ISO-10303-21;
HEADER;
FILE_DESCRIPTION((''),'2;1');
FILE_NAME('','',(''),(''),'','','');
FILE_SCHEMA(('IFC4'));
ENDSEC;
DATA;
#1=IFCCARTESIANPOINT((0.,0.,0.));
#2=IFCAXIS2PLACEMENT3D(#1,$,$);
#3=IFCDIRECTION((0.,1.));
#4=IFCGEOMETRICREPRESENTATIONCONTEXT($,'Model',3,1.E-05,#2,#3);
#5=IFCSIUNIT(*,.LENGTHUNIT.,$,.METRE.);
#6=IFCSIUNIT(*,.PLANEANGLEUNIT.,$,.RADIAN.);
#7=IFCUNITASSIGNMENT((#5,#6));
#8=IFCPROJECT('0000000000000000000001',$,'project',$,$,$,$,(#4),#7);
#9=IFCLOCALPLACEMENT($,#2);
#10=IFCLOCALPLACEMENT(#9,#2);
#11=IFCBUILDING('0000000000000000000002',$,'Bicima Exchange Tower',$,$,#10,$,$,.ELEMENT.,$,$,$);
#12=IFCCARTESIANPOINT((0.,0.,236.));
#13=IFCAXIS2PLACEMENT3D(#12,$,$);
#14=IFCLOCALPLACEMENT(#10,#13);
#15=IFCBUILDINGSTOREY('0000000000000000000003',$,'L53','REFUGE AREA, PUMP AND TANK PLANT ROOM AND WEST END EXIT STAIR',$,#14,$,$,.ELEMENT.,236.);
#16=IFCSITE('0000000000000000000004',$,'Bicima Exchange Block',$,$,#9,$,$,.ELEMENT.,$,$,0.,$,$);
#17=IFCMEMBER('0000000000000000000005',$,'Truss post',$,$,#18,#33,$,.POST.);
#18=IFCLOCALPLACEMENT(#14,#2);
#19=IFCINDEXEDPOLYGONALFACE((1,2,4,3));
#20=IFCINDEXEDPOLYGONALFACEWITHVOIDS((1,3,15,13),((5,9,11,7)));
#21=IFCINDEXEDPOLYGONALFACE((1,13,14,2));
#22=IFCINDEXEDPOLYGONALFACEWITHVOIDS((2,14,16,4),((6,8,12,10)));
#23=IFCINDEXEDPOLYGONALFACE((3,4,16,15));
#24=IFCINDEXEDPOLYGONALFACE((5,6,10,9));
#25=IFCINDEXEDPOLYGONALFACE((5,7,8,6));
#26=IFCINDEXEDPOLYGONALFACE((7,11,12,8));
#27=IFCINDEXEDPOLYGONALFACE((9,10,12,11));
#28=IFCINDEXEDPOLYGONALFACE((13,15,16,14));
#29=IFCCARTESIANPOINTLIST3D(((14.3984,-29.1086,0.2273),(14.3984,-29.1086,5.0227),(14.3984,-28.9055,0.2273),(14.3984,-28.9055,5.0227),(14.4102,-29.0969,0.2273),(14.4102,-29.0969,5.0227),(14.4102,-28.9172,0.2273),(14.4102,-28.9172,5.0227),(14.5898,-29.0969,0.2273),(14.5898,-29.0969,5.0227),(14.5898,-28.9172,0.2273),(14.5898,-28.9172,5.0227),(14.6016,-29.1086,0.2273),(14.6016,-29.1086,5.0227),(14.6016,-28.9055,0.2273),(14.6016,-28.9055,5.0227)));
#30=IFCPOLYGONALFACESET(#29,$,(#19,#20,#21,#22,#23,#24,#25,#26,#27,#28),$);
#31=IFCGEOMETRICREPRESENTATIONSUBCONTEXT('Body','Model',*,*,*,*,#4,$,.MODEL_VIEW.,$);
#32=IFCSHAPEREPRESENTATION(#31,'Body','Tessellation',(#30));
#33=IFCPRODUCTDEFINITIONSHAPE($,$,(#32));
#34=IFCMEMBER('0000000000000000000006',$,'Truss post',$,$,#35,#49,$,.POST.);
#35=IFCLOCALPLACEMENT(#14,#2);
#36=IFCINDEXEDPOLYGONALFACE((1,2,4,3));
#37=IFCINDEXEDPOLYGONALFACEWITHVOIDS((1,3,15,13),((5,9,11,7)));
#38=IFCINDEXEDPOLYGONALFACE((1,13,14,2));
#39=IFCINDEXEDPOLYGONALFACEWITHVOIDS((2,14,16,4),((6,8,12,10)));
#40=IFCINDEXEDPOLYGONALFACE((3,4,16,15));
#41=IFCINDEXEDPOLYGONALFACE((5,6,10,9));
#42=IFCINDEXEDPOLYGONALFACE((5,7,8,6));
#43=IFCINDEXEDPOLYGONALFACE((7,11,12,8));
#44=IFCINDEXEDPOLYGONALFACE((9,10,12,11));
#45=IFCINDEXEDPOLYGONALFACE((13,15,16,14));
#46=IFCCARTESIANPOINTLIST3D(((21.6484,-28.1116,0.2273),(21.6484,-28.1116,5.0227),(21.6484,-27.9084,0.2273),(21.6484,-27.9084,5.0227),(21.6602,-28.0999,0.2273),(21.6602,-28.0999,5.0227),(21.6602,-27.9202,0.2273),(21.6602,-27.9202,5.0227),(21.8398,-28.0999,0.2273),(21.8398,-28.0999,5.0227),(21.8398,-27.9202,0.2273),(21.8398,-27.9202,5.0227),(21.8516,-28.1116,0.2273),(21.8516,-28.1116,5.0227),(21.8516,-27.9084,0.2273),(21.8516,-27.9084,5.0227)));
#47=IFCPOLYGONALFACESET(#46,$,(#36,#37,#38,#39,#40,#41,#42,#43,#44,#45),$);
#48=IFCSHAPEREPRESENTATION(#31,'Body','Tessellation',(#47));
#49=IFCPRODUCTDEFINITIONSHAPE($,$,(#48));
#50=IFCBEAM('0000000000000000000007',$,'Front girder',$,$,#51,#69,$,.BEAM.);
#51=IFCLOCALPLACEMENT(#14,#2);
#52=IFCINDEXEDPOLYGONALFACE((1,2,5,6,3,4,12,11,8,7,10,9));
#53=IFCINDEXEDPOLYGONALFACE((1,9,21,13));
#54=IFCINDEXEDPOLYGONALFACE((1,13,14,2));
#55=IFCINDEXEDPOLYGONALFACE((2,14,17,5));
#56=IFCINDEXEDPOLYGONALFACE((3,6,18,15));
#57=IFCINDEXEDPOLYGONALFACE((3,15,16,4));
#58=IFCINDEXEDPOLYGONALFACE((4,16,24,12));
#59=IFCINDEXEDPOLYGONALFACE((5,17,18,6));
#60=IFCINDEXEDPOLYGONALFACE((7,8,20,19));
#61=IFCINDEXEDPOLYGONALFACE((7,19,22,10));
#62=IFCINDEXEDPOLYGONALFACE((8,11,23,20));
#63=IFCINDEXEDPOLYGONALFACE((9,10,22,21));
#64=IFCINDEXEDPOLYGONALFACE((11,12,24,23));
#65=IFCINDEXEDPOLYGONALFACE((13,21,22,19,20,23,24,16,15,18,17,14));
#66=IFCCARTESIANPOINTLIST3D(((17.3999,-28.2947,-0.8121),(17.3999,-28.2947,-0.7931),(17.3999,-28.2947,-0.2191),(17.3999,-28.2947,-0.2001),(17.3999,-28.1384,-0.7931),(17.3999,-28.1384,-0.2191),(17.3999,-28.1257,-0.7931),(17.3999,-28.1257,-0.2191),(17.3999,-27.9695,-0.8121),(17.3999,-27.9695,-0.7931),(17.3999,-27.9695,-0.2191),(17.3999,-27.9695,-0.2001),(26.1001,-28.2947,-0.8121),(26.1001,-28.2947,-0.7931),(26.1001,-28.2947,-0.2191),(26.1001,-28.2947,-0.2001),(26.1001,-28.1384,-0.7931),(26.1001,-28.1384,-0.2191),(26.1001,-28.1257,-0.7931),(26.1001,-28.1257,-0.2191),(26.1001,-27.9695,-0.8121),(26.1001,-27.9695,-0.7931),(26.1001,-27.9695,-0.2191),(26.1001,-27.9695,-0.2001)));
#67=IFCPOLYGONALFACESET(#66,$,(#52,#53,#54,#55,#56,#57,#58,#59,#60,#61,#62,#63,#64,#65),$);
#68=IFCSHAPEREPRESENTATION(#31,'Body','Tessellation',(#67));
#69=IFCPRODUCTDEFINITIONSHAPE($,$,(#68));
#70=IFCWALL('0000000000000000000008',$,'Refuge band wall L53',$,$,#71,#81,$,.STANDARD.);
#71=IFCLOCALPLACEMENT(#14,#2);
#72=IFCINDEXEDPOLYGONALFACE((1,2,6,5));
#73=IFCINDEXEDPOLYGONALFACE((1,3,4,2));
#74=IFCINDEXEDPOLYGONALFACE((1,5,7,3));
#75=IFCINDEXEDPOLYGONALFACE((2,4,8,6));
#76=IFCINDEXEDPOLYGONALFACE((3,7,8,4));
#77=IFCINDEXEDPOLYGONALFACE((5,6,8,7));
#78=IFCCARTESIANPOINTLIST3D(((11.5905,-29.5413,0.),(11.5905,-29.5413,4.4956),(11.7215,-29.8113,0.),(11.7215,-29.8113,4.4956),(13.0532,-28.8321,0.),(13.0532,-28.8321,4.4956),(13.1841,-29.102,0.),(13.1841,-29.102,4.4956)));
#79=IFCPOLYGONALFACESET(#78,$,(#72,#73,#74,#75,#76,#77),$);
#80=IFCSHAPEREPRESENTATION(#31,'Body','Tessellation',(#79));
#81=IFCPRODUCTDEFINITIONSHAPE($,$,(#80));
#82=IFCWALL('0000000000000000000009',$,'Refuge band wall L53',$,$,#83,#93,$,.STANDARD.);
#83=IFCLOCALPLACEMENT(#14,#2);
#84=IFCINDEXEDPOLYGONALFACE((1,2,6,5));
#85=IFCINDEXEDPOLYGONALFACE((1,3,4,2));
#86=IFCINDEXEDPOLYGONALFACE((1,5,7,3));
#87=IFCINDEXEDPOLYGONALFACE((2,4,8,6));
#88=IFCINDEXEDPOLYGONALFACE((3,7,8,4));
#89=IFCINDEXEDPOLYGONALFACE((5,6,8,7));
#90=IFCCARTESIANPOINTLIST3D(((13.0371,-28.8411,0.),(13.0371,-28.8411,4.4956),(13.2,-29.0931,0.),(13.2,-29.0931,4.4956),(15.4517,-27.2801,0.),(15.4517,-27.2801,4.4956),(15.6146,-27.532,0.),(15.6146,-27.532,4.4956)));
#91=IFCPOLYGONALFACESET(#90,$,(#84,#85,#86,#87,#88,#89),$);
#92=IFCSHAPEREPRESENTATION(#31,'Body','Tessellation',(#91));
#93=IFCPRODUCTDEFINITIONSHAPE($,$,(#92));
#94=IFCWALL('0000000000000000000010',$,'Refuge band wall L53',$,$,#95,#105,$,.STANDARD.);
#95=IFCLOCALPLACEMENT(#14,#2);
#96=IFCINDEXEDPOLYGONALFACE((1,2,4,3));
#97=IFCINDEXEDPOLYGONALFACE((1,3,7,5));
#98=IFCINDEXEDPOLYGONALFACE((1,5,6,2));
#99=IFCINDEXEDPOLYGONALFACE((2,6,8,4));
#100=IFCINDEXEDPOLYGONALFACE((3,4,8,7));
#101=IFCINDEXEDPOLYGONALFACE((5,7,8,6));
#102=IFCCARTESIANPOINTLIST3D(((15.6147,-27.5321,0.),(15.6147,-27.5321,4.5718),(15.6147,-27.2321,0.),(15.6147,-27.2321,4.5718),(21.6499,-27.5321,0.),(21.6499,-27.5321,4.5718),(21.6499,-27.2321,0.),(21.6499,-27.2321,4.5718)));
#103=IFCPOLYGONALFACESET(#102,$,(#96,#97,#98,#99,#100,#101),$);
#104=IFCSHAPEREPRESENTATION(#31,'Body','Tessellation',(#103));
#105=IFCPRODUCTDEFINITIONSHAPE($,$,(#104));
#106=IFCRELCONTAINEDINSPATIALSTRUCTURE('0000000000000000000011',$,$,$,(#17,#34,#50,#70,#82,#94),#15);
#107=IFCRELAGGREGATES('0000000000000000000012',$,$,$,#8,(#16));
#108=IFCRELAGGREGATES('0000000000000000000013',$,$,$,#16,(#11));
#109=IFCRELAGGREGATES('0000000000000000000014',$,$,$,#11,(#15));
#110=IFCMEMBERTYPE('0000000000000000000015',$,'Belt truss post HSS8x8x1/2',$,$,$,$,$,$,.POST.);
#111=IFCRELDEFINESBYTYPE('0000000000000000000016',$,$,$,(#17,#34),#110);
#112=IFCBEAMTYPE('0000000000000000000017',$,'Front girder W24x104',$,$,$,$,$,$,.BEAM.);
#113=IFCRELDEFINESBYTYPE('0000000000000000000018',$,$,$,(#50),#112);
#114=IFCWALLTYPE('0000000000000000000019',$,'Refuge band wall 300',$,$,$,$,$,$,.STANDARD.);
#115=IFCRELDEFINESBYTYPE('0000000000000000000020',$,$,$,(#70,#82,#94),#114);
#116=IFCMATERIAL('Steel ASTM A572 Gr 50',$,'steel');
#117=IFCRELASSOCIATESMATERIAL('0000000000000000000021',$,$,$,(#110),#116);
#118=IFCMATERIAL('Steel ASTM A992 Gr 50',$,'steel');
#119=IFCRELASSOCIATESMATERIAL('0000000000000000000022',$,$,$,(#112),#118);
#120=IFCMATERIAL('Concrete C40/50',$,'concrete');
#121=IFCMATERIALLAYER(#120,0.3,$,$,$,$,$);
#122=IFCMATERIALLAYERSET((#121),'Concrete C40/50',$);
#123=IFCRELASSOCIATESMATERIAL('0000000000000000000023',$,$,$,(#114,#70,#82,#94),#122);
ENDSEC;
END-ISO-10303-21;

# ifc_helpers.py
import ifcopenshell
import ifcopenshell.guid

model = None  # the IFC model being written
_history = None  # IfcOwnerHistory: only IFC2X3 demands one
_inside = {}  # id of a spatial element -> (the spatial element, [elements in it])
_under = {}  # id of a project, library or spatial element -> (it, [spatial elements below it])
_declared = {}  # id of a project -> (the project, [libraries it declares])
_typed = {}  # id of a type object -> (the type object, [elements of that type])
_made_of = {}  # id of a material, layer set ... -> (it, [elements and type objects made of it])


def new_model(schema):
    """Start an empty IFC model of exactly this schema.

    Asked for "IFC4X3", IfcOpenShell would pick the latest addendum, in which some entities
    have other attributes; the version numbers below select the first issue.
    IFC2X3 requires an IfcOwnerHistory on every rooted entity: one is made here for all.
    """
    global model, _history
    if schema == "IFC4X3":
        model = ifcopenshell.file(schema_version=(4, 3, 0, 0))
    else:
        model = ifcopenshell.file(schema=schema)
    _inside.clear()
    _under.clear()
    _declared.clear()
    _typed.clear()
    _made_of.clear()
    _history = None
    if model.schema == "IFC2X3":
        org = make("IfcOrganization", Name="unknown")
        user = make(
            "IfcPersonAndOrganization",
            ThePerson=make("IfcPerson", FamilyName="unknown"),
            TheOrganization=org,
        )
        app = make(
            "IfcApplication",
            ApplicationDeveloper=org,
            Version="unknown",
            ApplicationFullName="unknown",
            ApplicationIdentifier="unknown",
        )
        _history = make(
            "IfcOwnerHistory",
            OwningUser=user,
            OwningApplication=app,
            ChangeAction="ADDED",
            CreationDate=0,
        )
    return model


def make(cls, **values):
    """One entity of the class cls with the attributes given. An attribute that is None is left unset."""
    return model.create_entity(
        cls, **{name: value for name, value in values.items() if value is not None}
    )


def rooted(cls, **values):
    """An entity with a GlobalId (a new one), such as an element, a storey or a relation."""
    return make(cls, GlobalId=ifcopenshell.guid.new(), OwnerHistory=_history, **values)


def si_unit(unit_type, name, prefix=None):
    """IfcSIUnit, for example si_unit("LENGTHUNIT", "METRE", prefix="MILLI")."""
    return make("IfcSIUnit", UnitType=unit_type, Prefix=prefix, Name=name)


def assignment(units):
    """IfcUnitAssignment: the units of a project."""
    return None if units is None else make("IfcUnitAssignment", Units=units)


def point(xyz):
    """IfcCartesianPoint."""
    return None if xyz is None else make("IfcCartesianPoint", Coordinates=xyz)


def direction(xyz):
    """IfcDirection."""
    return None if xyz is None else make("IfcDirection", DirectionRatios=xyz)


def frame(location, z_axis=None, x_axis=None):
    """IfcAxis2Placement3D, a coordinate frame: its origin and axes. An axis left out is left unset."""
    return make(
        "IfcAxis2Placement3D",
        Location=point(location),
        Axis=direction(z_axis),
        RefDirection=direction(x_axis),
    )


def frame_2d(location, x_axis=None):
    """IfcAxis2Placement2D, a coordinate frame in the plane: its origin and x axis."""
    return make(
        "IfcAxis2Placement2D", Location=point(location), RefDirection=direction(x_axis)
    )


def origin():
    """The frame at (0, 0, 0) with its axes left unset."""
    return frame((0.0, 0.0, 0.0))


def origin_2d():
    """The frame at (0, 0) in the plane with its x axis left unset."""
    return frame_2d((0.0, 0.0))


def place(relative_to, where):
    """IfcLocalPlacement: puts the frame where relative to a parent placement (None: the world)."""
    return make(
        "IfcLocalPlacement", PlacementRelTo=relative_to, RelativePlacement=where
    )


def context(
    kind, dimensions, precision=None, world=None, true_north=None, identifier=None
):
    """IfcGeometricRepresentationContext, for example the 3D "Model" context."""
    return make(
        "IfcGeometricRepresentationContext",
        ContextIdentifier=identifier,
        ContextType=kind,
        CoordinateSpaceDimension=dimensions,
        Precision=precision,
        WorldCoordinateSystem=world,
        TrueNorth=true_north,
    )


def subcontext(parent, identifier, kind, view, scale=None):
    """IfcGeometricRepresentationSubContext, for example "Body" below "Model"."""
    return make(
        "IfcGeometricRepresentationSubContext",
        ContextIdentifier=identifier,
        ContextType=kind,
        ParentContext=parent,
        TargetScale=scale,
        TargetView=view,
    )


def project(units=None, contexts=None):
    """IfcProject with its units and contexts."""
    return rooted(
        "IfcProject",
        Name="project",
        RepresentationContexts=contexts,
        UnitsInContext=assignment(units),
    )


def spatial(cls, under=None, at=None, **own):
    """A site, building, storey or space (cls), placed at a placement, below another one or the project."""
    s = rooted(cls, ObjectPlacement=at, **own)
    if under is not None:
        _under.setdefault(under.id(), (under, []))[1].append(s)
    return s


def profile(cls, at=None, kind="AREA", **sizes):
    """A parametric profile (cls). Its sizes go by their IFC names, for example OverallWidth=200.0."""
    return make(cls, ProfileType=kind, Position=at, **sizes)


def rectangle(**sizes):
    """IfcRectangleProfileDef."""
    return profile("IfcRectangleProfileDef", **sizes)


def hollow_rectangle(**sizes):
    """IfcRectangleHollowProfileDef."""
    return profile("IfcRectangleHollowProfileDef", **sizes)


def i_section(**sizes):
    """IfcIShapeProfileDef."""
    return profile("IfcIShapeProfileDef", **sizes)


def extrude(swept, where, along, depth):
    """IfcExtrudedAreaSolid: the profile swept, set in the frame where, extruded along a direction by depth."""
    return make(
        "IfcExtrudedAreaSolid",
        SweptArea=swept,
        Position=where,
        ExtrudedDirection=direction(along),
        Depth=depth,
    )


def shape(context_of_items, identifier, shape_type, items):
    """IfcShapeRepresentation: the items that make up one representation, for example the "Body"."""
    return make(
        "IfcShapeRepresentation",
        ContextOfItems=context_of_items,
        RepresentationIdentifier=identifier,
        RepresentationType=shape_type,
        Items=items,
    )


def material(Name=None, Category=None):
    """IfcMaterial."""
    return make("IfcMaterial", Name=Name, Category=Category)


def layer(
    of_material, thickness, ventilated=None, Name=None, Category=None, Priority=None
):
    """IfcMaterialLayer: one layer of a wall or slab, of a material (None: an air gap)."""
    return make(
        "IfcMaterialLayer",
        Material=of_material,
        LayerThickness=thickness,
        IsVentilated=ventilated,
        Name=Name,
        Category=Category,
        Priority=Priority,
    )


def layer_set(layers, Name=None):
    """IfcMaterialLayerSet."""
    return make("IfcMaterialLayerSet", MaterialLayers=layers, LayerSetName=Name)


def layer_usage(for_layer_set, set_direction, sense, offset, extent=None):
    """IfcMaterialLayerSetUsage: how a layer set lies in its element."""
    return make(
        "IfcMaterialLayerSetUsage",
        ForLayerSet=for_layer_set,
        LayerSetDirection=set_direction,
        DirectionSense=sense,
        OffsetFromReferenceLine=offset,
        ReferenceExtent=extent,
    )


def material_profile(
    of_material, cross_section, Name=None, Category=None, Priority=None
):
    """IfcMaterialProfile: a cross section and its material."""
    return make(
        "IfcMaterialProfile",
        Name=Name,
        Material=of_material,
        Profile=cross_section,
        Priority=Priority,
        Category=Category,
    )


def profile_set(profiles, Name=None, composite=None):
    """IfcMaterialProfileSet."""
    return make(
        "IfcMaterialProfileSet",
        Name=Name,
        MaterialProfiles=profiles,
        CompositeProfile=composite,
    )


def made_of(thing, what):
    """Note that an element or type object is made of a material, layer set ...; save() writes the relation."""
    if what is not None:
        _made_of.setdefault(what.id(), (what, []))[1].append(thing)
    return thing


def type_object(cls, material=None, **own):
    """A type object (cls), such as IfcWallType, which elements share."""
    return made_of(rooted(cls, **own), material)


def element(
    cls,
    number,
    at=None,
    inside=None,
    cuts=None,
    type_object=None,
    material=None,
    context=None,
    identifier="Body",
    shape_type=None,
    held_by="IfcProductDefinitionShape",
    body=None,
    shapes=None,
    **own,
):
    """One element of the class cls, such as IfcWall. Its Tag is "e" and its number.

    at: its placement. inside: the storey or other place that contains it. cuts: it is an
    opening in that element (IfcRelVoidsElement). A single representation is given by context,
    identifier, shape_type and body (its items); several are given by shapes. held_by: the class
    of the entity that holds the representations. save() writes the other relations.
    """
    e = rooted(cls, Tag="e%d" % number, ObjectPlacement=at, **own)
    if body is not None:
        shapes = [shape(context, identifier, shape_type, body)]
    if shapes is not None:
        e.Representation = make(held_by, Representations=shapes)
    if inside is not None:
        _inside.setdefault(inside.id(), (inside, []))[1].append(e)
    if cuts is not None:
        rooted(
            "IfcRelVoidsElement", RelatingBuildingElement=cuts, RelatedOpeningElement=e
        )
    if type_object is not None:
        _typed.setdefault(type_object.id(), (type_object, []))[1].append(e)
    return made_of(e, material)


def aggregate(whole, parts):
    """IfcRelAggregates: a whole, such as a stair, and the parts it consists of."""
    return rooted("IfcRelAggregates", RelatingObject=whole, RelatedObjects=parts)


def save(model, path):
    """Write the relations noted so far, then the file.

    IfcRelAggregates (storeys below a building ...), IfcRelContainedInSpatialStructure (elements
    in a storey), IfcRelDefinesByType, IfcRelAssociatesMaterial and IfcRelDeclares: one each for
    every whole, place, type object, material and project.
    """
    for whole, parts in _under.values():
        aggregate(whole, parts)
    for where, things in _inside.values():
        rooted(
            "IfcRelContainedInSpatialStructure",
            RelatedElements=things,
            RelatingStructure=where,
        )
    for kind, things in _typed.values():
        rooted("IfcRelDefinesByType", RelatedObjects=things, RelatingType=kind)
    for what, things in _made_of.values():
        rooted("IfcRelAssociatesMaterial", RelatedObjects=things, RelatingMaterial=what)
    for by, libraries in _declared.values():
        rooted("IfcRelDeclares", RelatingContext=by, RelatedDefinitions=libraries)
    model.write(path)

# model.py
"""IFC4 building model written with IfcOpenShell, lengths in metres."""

from ifc_helpers import new_model, si_unit, direction, frame, frame_2d, origin, origin_2d, place, context, subcontext, project, spatial, rectangle, hollow_rectangle, i_section, extrude, material, layer, layer_set, layer_usage, material_profile, profile_set, type_object, element, save


model = new_model("IFC4")

# Units and contexts
model_context = context("Model", 3, precision=1e-05, world=origin(), true_north=direction((0.0, 1.0)))
body_context = subcontext(model_context, "Body", "Model", "MODEL_VIEW")
ifc_project = project(units=[si_unit("LENGTHUNIT", "METRE"), si_unit("PLANEANGLEUNIT", "RADIAN")], contexts=[model_context])

# Site, building, storey
site_placement = place(None, origin())
site = spatial("IfcSite", under=ifc_project, at=site_placement, Name="Bicima Exchange Block", CompositionType="ELEMENT", RefElevation=0.0)
building_placement = place(site_placement, origin())
building = spatial("IfcBuilding", under=site, at=building_placement, Name="Bicima Exchange Tower", CompositionType="ELEMENT")
storey_placement = place(building_placement, frame((0.0, 0.0, 236.0)))
storey = spatial("IfcBuildingStorey", under=building, at=storey_placement, Name="L53", Description="REFUGE AREA, PUMP AND TANK PLANT ROOM AND WEST END EXIT STAIR", CompositionType="ELEMENT", Elevation=236.0)

# Shared definitions
ifc_material_1 = material(Name="Steel ASTM A992 Gr 50", Category="steel")

# Members
ifc_material_2 = material(Name="Steel ASTM A572 Gr 50", Category="steel")
ifc_material_profile_1 = material_profile(ifc_material_2, hollow_rectangle(XDim=0.2031, YDim=0.2031, WallThickness=0.0117, at=origin_2d()))
ifc_profile_set_1 = profile_set([ifc_material_profile_1], Name="Steel ASTM A572 Gr 50")
member_type_1 = type_object("IfcMemberType", Name="Belt truss post HSS8x8x1/2", PredefinedType="POST", material=ifc_profile_set_1)
for number, where, z_axis, x_axis, name in (
    (1, (14.5, -29.0071, 0.2273), (0.0, 0.0, 1.0), (1.0, 0.0, 0.0), "Truss post"),
    (2, (21.75, -28.01, 0.2273), (0.0, 0.0, 1.0), (1.0, 0.0, 0.0), "Truss post"),
):
    element("IfcMember", number, at=place(storey_placement, frame(where, z_axis=z_axis, x_axis=x_axis)), inside=storey, type_object=member_type_1, Name=name, PredefinedType="POST", context=body_context, shape_type="SweptSolid", body=[
        extrude(hollow_rectangle(XDim=0.2031, YDim=0.2031, WallThickness=0.0117, at=origin_2d()), origin(), (0.0, 0.0, 1.0), 4.7954),
    ])

# Beam
ifc_material_profile_2 = material_profile(ifc_material_1, i_section(OverallWidth=0.3252, OverallDepth=0.6121, WebThickness=0.0127, FlangeThickness=0.019, at=origin_2d()))
ifc_profile_set_2 = profile_set([ifc_material_profile_2], Name="Steel ASTM A992 Gr 50")
beam_type = type_object("IfcBeamType", Name="Front girder W24x104", PredefinedType="BEAM", material=ifc_profile_set_2)
beam_placement = place(storey_placement, frame((17.3999, -28.1321, -0.5061), z_axis=(1.0, 0.0, 0.0), x_axis=(0.0, 1.0, 0.0)))
element("IfcBeam", 3, at=beam_placement, inside=storey, type_object=beam_type, Name="Front girder", PredefinedType="BEAM", context=body_context, shape_type="SweptSolid", body=[
    extrude(i_section(OverallWidth=0.3252, OverallDepth=0.6121, WebThickness=0.0127, FlangeThickness=0.019, at=origin_2d()), origin(), (0.0, 0.0, 1.0), 8.7002),
])

# Walls
ifc_material_3 = material(Name="Concrete C40/50", Category="concrete")
ifc_layer = layer(ifc_material_3, 0.3)
ifc_layer_set = layer_set([ifc_layer], Name="Concrete C40/50")
ifc_layer_usage = layer_usage(ifc_layer_set, "AXIS2", "POSITIVE", -0.15)
wall_type = type_object("IfcWallType", Name="Refuge band wall 300", PredefinedType="STANDARD", material=ifc_layer_set)
wall_1_placement = place(storey_placement, frame((11.656, -29.6763, 0.0), z_axis=(0.0, 0.0, 1.0), x_axis=(0.899798, 0.436307, 0.0)))
element("IfcWall", 4, at=wall_1_placement, inside=storey, type_object=wall_type, material=ifc_layer_usage, Name="Refuge band wall L53", PredefinedType="STANDARD", context=body_context, shape_type="SweptSolid", body=[
    extrude(rectangle(XDim=1.6255, YDim=0.3, at=frame_2d((0.8127, 0.0))), origin(), (0.0, 0.0, 1.0), 4.4956),
])
wall_2_placement = place(storey_placement, frame((13.1187, -28.967, 0.0), z_axis=(0.0, 0.0, 1.0), x_axis=(0.83978, 0.542927, 0.0)))
element("IfcWall", 5, at=wall_2_placement, inside=storey, type_object=wall_type, material=ifc_layer_usage, Name="Refuge band wall L53", PredefinedType="STANDARD", context=body_context, shape_type="SweptSolid", body=[
    extrude(rectangle(XDim=2.8752, YDim=0.3, at=frame_2d((1.4375, 0.0))), origin(), (0.0, 0.0, 1.0), 4.4956),
])
wall_3_placement = place(storey_placement, frame((15.6147, -27.3821, 0.0), z_axis=(0.0, 0.0, 1.0), x_axis=(1.0, 0.0, 0.0)))
element("IfcWall", 6, at=wall_3_placement, inside=storey, type_object=wall_type, material=ifc_layer_usage, Name="Refuge band wall L53", PredefinedType="STANDARD", context=body_context, shape_type="SweptSolid", body=[
    extrude(rectangle(XDim=6.0352, YDim=0.3, at=frame_2d((3.0176, 0.0))), origin(), (0.0, 0.0, 1.0), 4.5718),
])

save(model, "model.ifc")
